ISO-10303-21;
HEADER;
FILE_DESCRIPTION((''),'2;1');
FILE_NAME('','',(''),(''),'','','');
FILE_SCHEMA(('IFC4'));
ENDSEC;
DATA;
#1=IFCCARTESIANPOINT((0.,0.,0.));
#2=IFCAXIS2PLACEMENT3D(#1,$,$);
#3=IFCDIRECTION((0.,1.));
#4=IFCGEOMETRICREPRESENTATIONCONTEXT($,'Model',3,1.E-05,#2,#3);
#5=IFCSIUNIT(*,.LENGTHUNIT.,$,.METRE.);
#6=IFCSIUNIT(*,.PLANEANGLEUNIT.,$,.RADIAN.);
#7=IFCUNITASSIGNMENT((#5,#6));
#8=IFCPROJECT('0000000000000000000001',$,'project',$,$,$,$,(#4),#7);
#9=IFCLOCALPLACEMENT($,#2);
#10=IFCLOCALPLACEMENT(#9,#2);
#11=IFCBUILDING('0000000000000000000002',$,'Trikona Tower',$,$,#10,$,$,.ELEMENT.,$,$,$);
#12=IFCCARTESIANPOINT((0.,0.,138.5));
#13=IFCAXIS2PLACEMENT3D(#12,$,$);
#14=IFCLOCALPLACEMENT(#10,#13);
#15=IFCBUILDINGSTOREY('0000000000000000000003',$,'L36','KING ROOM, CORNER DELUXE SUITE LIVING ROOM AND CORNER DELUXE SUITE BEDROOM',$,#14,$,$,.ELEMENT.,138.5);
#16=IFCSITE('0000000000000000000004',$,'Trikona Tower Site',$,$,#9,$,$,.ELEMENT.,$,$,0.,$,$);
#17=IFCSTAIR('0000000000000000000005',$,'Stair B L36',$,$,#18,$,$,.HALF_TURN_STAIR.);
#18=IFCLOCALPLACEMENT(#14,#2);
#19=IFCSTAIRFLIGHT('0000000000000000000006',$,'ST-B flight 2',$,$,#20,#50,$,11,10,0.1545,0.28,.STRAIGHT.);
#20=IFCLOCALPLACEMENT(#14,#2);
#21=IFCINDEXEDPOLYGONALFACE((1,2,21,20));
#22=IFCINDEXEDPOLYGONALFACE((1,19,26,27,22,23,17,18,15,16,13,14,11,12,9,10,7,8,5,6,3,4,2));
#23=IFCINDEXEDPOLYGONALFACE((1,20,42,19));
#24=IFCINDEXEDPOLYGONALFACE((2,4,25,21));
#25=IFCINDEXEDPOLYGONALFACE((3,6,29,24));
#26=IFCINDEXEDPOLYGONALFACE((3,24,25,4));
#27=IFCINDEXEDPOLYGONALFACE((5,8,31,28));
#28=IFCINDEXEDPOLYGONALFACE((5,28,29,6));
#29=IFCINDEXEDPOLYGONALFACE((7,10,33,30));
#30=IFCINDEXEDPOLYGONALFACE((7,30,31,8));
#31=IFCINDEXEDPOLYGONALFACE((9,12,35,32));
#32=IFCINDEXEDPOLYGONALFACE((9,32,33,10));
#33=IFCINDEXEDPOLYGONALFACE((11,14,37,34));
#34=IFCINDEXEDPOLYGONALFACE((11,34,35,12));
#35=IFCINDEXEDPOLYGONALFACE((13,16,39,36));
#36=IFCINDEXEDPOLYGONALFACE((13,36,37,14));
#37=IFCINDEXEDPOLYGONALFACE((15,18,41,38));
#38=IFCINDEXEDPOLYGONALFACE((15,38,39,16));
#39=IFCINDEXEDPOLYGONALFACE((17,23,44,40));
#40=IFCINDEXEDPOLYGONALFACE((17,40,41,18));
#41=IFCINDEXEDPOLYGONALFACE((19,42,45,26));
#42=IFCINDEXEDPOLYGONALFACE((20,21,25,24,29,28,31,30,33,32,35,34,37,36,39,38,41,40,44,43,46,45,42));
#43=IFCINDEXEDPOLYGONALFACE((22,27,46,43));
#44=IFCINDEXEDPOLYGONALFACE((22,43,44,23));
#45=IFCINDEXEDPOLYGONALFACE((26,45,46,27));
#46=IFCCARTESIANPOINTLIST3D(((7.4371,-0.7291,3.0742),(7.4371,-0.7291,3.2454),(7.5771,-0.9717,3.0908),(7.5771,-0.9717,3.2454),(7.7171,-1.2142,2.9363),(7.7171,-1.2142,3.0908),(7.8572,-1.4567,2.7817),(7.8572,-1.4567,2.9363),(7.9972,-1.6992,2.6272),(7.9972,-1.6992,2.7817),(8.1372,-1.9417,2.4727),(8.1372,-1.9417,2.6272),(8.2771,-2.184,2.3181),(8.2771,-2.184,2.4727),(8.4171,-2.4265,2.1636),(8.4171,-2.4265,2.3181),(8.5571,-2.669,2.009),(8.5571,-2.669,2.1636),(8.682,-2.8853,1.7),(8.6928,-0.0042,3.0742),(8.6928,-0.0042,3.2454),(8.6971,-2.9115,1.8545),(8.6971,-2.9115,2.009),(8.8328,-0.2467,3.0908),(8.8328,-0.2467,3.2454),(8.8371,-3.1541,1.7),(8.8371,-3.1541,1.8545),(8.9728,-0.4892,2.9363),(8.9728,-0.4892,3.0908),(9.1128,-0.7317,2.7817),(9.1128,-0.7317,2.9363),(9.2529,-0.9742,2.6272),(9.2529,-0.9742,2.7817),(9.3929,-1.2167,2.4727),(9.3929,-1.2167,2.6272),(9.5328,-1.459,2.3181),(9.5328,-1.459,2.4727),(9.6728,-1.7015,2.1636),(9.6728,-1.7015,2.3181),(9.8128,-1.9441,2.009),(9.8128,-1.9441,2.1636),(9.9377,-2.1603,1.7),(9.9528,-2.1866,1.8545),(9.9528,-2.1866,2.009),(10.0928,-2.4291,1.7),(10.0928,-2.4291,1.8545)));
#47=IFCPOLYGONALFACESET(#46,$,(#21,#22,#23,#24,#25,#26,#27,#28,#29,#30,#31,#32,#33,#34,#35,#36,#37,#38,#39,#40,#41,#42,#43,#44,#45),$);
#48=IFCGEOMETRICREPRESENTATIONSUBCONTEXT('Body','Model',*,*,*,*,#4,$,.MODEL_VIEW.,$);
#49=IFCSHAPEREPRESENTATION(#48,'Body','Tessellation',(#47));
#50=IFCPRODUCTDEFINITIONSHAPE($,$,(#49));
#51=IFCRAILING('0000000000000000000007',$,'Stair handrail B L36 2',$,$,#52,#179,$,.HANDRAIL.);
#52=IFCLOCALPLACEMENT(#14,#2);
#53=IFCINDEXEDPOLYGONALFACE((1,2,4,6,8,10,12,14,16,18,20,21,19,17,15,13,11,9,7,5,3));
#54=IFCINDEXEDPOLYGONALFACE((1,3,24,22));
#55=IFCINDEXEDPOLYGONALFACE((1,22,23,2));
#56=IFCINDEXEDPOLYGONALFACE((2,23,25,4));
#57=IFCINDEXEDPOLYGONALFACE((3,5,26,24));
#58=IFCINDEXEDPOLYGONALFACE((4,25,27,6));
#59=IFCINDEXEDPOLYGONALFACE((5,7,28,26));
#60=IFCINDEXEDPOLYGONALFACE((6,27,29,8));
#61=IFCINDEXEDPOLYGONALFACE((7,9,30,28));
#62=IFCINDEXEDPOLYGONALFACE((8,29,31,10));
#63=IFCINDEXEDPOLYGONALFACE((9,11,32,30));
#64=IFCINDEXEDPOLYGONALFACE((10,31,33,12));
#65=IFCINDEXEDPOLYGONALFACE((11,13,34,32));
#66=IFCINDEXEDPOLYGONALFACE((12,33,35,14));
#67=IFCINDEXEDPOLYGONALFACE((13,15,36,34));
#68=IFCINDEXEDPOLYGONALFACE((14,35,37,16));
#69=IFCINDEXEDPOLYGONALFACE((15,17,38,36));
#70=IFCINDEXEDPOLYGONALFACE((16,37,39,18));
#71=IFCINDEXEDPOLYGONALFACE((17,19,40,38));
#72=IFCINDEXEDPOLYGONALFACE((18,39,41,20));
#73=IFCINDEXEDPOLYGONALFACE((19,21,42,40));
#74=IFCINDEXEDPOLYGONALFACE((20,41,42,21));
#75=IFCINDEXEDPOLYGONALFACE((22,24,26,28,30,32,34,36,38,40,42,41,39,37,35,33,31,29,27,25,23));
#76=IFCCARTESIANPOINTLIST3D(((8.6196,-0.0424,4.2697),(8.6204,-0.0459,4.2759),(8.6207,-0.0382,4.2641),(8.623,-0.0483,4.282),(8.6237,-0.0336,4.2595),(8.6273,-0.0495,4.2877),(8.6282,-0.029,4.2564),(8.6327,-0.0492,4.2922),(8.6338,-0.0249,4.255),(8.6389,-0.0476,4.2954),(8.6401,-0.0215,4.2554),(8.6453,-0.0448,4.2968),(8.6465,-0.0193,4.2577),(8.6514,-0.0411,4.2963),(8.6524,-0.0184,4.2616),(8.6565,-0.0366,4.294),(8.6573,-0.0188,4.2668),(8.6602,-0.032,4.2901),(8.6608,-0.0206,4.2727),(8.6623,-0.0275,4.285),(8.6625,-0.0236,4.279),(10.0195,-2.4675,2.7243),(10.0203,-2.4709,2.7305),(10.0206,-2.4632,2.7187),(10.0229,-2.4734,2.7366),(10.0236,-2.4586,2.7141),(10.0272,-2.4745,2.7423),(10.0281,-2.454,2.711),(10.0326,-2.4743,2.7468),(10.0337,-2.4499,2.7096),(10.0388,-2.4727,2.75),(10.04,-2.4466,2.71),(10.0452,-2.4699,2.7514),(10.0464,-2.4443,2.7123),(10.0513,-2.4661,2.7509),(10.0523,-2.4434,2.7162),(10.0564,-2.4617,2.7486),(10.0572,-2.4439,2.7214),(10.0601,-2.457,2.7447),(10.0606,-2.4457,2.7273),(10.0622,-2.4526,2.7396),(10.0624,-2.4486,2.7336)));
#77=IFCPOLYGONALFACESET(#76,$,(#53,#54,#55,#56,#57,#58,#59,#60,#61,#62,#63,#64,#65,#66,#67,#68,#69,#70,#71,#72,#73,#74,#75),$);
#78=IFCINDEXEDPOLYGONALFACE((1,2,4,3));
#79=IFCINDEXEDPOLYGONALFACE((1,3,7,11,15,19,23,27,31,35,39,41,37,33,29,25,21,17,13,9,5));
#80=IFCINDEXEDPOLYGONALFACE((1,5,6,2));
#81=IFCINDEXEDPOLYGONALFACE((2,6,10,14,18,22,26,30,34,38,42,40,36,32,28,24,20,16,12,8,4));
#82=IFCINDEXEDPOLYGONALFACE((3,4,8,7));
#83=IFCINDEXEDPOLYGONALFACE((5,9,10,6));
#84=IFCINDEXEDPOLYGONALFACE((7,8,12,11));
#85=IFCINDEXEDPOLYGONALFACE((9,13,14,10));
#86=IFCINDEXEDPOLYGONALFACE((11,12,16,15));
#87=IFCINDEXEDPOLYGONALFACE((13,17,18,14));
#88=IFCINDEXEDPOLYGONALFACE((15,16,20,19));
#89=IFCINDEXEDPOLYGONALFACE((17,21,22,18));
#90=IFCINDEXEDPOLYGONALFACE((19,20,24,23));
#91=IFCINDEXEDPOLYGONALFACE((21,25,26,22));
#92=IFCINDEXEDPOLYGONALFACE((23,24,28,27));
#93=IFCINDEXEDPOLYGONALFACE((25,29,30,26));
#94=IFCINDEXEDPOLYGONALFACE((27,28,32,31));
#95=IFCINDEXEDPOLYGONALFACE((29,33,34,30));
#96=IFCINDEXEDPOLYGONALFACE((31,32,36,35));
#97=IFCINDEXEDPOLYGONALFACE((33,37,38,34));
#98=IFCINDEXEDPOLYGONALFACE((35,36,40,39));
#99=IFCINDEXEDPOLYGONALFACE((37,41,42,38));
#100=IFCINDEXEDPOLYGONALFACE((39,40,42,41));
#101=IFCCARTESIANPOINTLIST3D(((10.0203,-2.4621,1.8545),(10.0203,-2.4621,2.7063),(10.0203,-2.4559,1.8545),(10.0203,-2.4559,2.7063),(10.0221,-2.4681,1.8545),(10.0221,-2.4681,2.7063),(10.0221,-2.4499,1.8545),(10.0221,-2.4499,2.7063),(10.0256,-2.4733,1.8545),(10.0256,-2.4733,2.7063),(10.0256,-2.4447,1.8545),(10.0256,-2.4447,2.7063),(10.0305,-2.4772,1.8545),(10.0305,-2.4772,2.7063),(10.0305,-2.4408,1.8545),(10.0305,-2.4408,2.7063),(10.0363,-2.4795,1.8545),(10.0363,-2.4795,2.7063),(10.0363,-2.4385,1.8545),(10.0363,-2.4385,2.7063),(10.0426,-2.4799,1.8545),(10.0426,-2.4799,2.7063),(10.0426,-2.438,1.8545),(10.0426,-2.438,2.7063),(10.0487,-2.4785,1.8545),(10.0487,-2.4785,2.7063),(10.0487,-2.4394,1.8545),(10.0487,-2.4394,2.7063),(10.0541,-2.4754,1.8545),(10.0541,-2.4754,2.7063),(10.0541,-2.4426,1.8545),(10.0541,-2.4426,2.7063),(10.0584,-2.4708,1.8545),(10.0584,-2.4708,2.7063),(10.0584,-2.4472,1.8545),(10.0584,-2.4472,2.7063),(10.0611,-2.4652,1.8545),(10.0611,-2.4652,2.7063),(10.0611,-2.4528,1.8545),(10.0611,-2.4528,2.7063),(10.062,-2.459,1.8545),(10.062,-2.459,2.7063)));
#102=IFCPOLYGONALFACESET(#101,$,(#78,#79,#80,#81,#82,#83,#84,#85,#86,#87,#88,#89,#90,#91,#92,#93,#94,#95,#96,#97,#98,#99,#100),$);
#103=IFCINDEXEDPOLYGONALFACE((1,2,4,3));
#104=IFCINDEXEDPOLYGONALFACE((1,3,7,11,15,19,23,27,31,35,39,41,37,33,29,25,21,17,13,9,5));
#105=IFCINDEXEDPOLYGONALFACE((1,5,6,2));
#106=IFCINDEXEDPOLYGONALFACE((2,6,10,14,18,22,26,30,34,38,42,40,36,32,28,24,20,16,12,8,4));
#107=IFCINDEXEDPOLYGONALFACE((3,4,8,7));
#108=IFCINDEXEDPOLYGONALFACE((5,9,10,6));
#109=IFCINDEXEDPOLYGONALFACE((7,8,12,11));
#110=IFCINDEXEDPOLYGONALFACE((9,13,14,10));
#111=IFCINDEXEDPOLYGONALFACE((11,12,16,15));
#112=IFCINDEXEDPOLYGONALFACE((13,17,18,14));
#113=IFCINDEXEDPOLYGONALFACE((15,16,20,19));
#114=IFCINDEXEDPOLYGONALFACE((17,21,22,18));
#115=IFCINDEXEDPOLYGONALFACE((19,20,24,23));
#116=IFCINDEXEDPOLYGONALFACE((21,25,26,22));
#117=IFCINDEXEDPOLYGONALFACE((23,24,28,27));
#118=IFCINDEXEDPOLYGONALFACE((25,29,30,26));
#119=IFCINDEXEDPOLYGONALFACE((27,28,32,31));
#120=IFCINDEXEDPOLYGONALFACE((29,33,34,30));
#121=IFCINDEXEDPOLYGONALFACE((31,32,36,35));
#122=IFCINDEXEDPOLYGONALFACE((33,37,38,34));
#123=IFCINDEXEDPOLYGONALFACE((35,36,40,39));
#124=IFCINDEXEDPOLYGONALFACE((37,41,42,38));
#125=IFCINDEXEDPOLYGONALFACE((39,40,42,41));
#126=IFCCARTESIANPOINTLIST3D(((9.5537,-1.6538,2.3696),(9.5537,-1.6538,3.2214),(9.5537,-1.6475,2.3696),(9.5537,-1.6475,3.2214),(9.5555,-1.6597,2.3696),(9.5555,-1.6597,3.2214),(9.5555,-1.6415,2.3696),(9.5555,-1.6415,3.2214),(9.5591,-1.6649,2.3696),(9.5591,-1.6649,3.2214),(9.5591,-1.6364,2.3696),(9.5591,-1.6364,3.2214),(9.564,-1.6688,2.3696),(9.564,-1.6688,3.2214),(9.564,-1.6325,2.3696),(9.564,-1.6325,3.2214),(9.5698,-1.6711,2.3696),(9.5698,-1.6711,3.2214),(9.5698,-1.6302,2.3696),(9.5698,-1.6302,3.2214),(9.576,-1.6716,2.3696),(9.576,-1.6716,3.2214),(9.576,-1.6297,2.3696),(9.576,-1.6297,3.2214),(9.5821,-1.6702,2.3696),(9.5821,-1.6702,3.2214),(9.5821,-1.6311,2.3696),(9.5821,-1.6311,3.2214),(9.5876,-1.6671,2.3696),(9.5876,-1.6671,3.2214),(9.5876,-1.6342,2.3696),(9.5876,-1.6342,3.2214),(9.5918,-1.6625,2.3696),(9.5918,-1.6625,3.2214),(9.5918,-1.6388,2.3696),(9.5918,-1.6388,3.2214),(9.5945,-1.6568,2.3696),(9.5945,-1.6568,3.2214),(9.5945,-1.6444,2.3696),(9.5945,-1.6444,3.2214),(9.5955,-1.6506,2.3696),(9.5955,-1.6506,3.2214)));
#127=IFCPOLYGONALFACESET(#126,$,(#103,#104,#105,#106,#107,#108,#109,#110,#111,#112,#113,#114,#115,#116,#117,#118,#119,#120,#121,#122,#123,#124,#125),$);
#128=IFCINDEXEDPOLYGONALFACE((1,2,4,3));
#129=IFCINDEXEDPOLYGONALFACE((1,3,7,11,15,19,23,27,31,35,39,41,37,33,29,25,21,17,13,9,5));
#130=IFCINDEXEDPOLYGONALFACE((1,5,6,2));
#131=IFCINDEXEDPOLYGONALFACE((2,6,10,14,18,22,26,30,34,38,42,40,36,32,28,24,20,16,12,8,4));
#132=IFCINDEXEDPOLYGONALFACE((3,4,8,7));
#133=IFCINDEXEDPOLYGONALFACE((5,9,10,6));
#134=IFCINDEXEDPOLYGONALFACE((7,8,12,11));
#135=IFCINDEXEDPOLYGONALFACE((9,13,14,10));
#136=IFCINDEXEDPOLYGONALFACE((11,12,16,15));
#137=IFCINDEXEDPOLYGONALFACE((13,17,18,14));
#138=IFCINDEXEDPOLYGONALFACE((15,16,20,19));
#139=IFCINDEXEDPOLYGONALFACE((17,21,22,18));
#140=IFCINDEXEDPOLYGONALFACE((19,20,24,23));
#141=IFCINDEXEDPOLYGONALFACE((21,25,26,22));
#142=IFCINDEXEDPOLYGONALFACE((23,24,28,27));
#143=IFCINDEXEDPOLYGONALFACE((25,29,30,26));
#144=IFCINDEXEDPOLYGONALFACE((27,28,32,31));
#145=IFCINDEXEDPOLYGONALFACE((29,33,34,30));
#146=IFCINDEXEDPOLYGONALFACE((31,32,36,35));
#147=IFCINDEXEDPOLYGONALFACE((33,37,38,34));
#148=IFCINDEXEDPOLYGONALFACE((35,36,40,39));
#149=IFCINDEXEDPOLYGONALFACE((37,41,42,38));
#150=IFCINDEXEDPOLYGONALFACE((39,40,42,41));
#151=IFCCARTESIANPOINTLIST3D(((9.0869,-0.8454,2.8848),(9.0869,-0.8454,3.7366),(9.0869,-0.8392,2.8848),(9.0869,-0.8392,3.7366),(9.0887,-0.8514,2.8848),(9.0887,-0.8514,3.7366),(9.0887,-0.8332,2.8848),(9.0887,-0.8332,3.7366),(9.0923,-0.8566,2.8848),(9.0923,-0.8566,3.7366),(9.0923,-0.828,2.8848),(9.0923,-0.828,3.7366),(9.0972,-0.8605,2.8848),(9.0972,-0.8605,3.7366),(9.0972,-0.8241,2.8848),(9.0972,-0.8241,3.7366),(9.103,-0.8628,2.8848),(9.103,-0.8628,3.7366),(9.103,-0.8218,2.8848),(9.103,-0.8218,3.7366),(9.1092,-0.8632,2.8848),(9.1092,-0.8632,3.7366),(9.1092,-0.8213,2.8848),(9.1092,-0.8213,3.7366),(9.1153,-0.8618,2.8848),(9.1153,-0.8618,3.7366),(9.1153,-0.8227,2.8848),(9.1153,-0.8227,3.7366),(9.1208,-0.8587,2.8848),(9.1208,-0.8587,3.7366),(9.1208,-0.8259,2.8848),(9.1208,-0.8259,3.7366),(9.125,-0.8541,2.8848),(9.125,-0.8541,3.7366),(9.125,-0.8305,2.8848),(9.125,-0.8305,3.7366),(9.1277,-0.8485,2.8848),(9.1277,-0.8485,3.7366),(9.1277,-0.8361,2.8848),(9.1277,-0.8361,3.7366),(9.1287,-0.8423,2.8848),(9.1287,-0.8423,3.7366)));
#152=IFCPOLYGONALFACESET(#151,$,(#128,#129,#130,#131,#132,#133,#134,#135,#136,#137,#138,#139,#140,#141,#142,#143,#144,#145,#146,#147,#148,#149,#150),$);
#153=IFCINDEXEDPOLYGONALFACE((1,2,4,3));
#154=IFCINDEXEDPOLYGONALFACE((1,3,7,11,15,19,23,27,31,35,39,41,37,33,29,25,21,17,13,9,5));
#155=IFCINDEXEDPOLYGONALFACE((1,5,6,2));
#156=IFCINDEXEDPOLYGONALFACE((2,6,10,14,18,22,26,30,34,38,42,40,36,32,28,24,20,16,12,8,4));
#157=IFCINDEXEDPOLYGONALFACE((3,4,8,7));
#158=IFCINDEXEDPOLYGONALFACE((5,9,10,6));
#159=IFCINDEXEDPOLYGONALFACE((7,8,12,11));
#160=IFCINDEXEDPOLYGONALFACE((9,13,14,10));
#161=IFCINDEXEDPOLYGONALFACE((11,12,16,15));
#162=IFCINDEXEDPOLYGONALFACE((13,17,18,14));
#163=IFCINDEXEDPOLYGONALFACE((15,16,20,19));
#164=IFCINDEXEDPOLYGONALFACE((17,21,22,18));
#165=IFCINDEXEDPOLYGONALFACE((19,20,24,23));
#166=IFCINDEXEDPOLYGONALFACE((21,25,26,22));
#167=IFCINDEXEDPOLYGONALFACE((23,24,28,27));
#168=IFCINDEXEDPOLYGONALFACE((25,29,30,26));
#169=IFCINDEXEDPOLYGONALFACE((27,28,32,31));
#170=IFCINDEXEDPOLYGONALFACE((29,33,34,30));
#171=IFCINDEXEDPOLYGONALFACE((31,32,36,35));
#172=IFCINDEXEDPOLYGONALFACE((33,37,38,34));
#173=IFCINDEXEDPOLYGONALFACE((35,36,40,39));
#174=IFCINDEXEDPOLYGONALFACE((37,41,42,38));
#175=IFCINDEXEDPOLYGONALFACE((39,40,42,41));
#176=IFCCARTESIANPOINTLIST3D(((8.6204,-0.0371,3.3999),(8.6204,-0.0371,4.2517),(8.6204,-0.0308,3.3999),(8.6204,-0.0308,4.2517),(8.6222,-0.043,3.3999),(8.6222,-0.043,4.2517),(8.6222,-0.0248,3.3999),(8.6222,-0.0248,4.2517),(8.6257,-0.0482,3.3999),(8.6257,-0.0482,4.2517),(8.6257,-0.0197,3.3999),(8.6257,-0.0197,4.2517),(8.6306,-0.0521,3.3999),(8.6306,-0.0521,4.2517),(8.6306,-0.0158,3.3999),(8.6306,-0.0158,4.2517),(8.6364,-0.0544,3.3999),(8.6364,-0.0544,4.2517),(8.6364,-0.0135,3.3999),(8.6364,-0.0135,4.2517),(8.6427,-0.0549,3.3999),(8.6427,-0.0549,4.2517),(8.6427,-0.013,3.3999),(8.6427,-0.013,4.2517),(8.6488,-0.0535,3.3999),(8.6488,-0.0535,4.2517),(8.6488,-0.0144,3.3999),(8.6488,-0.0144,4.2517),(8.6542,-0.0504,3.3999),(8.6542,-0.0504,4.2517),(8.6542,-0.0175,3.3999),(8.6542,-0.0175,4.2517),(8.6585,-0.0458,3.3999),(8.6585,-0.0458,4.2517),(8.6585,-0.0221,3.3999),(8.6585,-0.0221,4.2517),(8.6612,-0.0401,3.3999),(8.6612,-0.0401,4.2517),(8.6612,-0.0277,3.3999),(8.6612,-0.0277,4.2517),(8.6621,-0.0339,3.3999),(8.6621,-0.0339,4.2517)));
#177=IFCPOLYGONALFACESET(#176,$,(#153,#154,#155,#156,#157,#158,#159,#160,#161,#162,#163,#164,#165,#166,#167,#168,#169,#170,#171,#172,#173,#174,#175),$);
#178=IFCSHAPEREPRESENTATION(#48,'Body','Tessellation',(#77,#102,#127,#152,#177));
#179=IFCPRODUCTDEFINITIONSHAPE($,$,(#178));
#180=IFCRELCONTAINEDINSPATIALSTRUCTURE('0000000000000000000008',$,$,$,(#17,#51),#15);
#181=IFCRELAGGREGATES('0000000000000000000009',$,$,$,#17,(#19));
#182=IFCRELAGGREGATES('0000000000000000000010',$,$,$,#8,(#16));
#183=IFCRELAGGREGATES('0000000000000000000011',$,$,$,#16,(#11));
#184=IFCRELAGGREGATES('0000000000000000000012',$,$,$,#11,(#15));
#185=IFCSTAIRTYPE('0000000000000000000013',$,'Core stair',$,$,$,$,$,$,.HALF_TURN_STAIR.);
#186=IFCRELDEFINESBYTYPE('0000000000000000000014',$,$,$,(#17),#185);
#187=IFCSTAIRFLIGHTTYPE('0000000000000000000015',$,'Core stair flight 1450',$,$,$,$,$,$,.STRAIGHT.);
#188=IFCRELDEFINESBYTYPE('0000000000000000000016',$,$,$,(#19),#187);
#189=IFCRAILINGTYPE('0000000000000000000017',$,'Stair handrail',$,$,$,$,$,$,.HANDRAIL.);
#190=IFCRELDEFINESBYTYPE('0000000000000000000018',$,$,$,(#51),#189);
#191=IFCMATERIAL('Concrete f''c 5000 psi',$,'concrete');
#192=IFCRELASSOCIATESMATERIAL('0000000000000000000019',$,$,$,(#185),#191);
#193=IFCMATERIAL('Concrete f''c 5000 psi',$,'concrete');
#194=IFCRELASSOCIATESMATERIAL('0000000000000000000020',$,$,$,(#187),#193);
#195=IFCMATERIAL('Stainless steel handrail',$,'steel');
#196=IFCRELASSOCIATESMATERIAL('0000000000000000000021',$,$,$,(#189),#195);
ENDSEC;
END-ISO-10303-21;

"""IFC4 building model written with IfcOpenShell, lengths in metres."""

from ifc_helpers import new_model, si_unit, direction, frame, origin, origin_2d, place, context, subcontext, project, spatial, polyline, circle, outline, extrude, material, type_object, element, aggregate, save


model = new_model("IFC4")

# Units and contexts
model_context = context("Model", 3, precision=1e-05, world=origin(), true_north=direction((0.0, 1.0)))
body_context = subcontext(model_context, "Body", "Model", "MODEL_VIEW")
ifc_project = project(units=[si_unit("LENGTHUNIT", "METRE"), si_unit("PLANEANGLEUNIT", "RADIAN")], contexts=[model_context])

# Site, building, storey
site_placement = place(None, origin())
site = spatial("IfcSite", under=ifc_project, at=site_placement, Name="Trikona Tower Site", CompositionType="ELEMENT", RefElevation=0.0)
building_placement = place(site_placement, origin())
building = spatial("IfcBuilding", under=site, at=building_placement, Name="Trikona Tower", CompositionType="ELEMENT")
storey_placement = place(building_placement, frame((0.0, 0.0, 138.5)))
storey = spatial("IfcBuildingStorey", under=building, at=storey_placement, Name="L36", Description="KING ROOM, CORNER DELUXE SUITE LIVING ROOM AND CORNER DELUXE SUITE BEDROOM", CompositionType="ELEMENT", Elevation=138.5)

# Stair, stair flight
ifc_material_1 = material(Name="Concrete f'c 5000 psi", Category="concrete")
stair_type = type_object("IfcStairType", Name="Core stair", PredefinedType="HALF_TURN_STAIR", material=ifc_material_1)
stair_placement = place(storey_placement, origin())
stair = element("IfcStair", 1, at=stair_placement, inside=storey, type_object=stair_type, Name="Stair B L36", PredefinedType="HALF_TURN_STAIR")
ifc_material_2 = material(Name="Concrete f'c 5000 psi", Category="concrete")
stair_flight_type = type_object("IfcStairFlightType", Name="Core stair flight 1450", PredefinedType="STRAIGHT", material=ifc_material_2)
stair_flight_placement = place(storey_placement, frame((9.4651, -2.7915, 1.7), z_axis=(0.0, 0.0, 1.0), x_axis=(-0.5, 0.866025, 0.0)))
stair_flight = element("IfcStairFlight", 2, at=stair_flight_placement, type_object=stair_flight_type, Name="ST-B flight 2", NumberOfRisers=11, NumberOfTreads=10, PredefinedType="STRAIGHT", RiserHeight=0.1545, TreadLength=0.28, context=body_context, shape_type="SweptSolid", body=[
    extrude(outline(polyline([(0.0, 0.0), (0.0, 0.1545), (0.28, 0.1545), (0.28, 0.3091), (0.5601, 0.3091), (0.5601, 0.4636), (0.8401, 0.4636), (0.8401, 0.6182), (1.1201, 0.6182), (1.1201, 0.7727), (1.3999, 0.7727), (1.3999, 0.9272), (1.6799, 0.9272), (1.6799, 1.0818), (1.96, 1.0818), (1.96, 1.2363), (2.24, 1.2363), (2.24, 1.3909), (2.52, 1.3909), (2.52, 1.5454), (2.8, 1.5454), (2.8, 1.7), (2.8, 1.3743), (0.3103, 0.0), (0.0, 0.0)])), frame((0.0, 0.7251, 0.0), z_axis=(0.0, -1.0, 0.0), x_axis=(1.0, 0.0, 0.0)), (0.0, 0.0, 1.0), 1.45),
])
aggregate(stair, [stair_flight])

# Railing
ifc_material_3 = material(Name="Stainless steel handrail", Category="steel")
railing_type = type_object("IfcRailingType", Name="Stair handrail", PredefinedType="HANDRAIL", material=ifc_material_3)
railing_placement = place(storey_placement, frame((10.041, -2.459, 1.8545)))
element("IfcRailing", 3, at=railing_placement, inside=storey, type_object=railing_type, Name="Stair handrail B L36 2", PredefinedType="HANDRAIL", context=body_context, shape_type="SweptSolid", body=[
    extrude(circle(Radius=0.0239, at=origin_2d()), frame((0.0, 0.0, 0.876), z_axis=(-0.437707, 0.75824, 0.483203), x_axis=(-0.866056, -0.499946, 0.0)), (0.0, 0.0, 1.0), 3.1982),
    extrude(circle(Radius=0.021, at=origin_2d()), origin(), (0.0, 0.0, 1.0), 0.8518),
    extrude(circle(Radius=0.021, at=origin_2d()), frame((-0.4666, 0.8083, 0.5151)), (0.0, 0.0, 1.0), 0.8518),
    extrude(circle(Radius=0.021, at=origin_2d()), frame((-0.9333, 1.6167, 1.0303)), (0.0, 0.0, 1.0), 0.8518),
    extrude(circle(Radius=0.021, at=origin_2d()), frame((-1.3999, 2.425, 1.5454)), (0.0, 0.0, 1.0), 0.8518),
])

save(model, "model.ifc")
